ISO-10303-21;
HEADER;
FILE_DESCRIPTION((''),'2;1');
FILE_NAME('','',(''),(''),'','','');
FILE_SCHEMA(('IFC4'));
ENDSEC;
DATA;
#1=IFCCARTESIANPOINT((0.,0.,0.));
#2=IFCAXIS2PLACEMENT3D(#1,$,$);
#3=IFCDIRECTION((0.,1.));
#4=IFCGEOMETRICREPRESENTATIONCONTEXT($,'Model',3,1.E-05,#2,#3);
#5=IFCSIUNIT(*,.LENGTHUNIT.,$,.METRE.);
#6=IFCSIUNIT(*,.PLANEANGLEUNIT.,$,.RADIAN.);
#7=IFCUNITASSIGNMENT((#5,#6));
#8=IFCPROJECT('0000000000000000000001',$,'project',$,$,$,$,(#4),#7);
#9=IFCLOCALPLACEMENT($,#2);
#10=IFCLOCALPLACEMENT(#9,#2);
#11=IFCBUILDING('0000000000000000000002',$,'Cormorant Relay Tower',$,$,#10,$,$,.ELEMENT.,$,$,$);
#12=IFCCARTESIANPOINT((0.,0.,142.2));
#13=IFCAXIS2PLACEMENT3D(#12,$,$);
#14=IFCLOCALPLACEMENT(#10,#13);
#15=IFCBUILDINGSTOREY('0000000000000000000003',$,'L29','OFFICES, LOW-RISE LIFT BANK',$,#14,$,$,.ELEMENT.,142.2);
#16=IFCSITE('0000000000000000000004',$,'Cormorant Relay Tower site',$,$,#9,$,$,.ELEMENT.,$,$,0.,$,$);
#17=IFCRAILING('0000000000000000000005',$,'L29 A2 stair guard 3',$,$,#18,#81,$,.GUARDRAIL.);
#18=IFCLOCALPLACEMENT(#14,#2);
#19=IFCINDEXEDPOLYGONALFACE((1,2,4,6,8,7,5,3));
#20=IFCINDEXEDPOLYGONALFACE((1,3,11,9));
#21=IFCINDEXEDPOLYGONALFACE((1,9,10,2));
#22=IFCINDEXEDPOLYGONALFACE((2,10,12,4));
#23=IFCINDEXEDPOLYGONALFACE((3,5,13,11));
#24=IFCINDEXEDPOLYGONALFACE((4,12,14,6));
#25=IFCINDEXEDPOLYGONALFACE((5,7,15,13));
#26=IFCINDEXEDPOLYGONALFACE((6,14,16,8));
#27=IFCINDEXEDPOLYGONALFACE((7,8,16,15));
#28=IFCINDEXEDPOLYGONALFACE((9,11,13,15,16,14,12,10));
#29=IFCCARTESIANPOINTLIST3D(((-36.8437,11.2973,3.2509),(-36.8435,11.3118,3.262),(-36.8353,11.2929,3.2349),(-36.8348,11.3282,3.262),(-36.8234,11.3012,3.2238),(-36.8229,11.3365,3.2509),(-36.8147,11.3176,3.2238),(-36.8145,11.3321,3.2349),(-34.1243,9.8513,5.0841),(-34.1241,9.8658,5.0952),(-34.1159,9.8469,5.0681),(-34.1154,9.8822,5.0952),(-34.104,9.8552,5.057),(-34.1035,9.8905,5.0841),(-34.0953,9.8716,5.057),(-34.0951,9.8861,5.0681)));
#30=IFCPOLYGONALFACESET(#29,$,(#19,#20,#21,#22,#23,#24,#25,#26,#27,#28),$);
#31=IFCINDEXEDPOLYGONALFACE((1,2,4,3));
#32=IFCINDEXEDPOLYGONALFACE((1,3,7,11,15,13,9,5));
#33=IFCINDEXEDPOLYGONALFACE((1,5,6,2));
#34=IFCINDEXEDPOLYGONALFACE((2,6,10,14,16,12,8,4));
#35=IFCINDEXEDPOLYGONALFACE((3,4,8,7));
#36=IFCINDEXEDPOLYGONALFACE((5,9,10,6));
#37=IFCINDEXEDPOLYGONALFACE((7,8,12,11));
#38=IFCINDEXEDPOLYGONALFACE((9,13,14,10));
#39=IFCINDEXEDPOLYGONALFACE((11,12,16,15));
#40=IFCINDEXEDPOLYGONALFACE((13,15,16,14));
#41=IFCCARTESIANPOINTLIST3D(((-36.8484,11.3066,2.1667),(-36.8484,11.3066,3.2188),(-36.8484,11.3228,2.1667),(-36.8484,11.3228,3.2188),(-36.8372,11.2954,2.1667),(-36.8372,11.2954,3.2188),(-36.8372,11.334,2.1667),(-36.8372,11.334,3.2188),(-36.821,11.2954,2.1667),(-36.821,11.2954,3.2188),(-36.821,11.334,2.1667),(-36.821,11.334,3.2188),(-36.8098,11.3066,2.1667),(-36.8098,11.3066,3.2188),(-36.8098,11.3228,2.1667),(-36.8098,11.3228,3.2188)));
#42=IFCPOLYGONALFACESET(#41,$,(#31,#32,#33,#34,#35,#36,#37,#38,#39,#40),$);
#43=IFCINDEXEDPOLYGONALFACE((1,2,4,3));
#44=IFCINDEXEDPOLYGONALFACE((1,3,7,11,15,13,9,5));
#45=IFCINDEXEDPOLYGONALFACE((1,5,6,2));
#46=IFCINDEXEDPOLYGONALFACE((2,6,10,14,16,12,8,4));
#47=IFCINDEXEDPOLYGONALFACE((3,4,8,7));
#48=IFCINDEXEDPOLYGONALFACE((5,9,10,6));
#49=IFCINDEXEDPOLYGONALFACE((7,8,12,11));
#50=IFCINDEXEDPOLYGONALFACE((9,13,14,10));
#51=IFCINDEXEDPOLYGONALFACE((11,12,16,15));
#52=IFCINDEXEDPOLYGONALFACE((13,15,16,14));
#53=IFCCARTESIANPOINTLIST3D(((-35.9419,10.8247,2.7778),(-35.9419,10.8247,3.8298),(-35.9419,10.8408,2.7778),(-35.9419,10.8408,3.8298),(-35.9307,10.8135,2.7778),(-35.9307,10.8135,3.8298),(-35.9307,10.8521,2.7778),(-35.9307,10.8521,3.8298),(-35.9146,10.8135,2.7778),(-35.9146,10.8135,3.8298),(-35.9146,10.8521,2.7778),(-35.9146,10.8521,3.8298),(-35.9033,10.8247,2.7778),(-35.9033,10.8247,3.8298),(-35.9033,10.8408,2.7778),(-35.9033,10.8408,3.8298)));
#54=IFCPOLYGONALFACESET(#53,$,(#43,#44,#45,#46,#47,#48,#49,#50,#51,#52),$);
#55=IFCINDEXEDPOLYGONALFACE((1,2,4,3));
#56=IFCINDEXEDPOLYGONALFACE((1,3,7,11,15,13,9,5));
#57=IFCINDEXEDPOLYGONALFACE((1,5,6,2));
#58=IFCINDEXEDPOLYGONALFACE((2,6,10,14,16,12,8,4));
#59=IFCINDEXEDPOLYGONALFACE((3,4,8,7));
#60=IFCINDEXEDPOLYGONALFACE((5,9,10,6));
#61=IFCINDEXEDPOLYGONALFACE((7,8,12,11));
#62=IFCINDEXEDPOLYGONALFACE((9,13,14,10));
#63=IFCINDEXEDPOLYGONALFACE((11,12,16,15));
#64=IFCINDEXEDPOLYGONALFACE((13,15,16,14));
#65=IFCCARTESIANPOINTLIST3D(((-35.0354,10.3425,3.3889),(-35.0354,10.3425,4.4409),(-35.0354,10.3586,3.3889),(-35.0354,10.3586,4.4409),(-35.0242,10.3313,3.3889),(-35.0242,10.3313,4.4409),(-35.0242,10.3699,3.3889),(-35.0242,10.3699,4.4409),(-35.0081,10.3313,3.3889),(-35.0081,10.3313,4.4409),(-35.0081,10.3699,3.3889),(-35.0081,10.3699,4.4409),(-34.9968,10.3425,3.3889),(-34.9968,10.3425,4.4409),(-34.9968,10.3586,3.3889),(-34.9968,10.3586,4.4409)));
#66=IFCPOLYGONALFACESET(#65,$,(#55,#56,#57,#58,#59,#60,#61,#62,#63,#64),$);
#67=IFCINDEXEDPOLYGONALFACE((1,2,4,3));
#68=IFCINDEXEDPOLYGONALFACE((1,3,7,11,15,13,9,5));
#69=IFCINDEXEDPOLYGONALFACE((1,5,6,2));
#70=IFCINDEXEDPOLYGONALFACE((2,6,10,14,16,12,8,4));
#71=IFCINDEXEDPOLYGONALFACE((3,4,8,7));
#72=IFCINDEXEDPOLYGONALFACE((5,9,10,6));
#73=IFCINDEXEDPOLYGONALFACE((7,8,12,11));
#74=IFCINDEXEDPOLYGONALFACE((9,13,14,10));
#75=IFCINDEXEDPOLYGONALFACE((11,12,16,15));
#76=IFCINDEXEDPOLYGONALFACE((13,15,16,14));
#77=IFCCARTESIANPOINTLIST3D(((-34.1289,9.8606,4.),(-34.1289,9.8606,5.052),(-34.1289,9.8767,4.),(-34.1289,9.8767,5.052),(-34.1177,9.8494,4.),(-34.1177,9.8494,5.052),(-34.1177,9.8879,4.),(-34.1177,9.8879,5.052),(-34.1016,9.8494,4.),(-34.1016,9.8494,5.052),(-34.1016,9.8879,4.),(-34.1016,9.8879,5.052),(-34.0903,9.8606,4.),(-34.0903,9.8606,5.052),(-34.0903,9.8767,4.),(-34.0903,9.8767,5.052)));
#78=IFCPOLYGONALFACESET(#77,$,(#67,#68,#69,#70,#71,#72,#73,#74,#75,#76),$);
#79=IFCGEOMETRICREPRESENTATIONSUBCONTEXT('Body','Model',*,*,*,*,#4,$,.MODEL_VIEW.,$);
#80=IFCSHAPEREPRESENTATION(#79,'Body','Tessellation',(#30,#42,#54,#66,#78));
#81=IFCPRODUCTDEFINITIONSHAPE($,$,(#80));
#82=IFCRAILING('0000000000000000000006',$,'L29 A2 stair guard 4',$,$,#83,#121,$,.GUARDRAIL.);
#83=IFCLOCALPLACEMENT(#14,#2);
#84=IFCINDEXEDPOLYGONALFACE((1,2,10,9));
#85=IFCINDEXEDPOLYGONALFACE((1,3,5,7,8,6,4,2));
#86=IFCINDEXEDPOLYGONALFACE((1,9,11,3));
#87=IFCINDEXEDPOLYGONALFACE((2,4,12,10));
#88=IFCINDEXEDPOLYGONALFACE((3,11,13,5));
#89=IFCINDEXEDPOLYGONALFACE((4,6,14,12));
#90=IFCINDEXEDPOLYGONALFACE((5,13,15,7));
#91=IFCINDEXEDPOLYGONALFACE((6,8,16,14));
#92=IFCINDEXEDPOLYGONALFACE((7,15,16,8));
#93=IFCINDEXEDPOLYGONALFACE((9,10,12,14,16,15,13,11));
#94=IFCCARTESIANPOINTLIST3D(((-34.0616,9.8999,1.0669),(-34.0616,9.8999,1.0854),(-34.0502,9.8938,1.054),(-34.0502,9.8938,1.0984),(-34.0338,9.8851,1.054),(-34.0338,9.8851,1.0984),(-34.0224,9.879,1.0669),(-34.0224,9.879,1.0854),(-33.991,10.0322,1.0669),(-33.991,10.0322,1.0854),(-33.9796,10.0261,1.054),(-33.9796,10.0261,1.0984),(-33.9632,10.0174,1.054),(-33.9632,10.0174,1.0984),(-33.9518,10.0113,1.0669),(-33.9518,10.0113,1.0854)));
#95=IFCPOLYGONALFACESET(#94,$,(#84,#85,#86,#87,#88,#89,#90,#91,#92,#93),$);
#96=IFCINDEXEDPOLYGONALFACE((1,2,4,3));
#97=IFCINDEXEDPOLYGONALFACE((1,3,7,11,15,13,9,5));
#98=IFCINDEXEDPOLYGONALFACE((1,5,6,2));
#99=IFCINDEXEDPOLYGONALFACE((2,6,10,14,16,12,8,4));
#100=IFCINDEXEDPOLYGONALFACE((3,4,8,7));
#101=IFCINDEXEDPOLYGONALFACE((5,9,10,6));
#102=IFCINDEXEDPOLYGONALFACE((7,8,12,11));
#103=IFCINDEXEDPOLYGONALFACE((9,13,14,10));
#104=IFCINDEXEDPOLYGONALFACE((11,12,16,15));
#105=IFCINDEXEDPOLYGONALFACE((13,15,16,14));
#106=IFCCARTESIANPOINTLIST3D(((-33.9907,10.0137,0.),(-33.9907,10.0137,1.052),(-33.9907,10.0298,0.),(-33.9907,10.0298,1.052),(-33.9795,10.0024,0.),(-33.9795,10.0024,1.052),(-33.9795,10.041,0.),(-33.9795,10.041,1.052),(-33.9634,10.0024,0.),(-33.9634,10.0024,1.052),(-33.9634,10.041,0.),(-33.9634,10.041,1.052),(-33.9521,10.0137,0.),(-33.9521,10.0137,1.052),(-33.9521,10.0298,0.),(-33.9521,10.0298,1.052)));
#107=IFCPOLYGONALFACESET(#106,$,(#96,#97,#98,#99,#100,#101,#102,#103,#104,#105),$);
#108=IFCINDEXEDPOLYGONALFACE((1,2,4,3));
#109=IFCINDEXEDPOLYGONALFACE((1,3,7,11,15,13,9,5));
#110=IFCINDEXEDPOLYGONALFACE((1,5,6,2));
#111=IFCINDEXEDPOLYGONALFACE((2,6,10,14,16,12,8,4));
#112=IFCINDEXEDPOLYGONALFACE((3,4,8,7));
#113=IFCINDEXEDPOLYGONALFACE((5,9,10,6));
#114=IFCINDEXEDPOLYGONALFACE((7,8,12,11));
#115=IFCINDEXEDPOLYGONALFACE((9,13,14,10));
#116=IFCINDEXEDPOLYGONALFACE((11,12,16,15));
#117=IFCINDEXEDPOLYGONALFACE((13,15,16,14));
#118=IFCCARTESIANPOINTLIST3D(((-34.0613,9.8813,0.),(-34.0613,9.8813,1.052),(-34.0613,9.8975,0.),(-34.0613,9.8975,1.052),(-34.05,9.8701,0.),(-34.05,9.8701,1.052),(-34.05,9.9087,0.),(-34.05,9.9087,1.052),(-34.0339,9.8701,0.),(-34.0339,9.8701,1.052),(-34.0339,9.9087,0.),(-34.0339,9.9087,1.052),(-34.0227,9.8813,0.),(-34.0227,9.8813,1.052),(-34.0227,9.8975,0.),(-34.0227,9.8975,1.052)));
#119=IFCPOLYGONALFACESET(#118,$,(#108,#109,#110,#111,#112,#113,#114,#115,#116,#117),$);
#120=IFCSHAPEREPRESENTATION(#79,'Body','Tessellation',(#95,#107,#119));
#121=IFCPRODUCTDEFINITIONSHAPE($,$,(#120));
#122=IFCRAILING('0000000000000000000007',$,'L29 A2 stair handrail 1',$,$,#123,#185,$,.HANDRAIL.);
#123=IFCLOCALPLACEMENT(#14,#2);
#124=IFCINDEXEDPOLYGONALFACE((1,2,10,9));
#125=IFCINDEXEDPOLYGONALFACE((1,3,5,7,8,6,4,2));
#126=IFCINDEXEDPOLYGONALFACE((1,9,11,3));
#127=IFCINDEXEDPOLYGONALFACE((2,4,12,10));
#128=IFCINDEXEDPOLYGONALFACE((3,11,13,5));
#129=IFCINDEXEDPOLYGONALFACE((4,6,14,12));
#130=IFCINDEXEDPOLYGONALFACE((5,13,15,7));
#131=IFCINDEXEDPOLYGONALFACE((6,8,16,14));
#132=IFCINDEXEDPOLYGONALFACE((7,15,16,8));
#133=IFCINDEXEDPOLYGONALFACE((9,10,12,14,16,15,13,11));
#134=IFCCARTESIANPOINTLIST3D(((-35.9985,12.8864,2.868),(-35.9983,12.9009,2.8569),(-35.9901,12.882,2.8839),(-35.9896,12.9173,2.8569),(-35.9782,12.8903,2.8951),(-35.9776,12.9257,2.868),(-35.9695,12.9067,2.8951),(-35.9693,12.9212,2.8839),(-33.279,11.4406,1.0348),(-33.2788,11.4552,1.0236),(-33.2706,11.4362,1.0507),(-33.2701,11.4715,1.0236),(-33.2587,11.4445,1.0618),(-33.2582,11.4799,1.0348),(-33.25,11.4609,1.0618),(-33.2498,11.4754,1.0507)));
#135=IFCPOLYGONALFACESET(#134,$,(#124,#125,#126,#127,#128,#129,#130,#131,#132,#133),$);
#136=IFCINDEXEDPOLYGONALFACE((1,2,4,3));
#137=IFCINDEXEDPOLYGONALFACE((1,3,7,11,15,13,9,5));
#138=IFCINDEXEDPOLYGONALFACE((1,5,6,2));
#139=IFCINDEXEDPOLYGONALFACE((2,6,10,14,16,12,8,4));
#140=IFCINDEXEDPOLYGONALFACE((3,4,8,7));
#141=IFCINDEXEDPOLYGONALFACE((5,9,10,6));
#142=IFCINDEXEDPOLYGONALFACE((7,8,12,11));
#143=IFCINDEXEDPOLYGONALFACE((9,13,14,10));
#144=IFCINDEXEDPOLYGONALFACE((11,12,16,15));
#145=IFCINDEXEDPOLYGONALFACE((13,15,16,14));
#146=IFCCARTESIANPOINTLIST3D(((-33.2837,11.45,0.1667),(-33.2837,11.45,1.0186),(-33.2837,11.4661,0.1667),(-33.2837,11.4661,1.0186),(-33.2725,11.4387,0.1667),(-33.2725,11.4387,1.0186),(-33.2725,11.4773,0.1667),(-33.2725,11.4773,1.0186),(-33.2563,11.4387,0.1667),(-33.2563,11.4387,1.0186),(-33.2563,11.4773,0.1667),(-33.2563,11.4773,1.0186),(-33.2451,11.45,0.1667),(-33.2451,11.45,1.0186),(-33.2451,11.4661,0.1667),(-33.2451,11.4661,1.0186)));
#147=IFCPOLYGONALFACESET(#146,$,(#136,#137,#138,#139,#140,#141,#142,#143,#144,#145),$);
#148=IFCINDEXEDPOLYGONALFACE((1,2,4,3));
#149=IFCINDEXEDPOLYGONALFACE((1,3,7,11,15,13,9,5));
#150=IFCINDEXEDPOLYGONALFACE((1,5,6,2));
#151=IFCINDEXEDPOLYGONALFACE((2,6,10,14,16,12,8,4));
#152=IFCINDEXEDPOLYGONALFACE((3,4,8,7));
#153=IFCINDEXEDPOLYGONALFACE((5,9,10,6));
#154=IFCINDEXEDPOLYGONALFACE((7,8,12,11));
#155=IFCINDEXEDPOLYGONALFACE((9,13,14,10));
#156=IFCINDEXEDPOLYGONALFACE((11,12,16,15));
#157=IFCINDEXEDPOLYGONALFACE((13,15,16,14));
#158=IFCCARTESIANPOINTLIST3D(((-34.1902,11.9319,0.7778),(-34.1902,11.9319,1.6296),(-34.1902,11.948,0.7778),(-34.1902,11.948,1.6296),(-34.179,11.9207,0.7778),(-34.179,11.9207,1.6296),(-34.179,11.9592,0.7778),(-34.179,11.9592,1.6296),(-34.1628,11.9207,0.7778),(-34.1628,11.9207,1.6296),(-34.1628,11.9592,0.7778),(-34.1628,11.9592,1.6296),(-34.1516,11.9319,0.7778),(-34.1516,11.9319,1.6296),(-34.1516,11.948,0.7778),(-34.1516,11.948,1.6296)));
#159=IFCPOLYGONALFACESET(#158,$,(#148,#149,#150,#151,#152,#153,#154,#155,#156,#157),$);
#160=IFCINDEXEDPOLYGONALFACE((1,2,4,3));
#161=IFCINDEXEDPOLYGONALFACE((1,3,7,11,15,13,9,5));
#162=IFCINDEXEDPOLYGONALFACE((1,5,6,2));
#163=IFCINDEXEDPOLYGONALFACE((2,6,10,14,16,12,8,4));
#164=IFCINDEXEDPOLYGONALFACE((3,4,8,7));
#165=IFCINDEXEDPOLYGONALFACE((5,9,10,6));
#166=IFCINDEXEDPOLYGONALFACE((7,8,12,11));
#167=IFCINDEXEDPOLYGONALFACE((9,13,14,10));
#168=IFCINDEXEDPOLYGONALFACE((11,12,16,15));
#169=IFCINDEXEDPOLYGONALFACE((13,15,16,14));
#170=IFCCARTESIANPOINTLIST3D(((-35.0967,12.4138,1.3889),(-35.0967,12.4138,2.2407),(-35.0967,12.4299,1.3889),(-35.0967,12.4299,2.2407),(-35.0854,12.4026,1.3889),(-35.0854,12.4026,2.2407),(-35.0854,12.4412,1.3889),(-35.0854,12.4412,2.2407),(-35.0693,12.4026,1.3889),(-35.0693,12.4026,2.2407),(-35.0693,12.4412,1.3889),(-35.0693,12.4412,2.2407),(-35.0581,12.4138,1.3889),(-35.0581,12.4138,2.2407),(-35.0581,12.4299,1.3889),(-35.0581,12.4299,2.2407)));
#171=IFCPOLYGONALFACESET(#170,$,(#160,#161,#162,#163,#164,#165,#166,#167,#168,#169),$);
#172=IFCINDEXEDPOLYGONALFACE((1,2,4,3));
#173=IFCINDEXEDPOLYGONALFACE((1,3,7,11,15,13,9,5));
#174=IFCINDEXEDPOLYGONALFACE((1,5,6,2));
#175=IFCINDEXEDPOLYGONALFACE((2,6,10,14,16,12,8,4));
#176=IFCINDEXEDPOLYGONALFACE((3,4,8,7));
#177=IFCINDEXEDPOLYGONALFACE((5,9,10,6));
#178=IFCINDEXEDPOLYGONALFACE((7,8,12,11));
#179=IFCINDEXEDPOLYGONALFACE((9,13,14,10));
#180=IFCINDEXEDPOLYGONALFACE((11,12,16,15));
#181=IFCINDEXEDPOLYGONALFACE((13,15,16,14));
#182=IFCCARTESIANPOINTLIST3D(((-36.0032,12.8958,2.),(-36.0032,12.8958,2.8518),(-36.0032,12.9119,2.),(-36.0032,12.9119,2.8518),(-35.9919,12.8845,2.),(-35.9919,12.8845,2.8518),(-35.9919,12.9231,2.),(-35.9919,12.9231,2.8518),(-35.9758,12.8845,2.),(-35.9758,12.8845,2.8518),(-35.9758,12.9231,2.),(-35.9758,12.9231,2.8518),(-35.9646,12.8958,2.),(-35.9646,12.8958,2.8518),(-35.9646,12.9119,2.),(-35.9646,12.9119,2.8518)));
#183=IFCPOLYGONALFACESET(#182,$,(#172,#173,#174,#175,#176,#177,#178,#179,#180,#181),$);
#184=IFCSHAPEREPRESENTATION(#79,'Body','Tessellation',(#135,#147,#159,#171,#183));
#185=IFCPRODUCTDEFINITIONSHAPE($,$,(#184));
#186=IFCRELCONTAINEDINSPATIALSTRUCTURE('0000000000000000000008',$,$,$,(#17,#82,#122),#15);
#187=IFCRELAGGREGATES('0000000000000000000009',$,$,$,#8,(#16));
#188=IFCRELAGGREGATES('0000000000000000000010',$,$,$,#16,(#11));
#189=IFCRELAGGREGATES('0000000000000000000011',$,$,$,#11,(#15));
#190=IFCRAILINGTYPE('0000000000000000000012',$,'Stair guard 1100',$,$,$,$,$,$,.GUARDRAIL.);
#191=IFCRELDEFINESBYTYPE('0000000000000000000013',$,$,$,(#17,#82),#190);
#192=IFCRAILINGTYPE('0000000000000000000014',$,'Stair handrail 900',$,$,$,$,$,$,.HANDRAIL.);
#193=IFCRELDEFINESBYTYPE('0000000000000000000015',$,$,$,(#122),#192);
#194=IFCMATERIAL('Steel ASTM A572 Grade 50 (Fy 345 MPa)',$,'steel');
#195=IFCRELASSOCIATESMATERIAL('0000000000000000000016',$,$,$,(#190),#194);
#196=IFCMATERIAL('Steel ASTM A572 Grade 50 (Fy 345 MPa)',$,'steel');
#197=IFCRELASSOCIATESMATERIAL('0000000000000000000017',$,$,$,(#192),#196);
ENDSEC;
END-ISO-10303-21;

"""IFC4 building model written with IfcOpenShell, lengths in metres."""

from ifc_helpers import new_model, si_unit, direction, frame, origin, place, context, subcontext, project, spatial, polyline, outline, extrude, material, type_object, element, save


model = new_model("IFC4")

# Units and contexts
model_context = context("Model", 3, precision=1e-05, world=origin(), true_north=direction((0.0, 1.0)))
body_context = subcontext(model_context, "Body", "Model", "MODEL_VIEW")
ifc_project = project(units=[si_unit("LENGTHUNIT", "METRE"), si_unit("PLANEANGLEUNIT", "RADIAN")], contexts=[model_context])

# Site, building, storey
site_placement = place(None, origin())
site = spatial("IfcSite", under=ifc_project, at=site_placement, Name="Cormorant Relay Tower site", CompositionType="ELEMENT", RefElevation=0.0)
building_placement = place(site_placement, origin())
building = spatial("IfcBuilding", under=site, at=building_placement, Name="Cormorant Relay Tower", CompositionType="ELEMENT")
storey_placement = place(building_placement, frame((0.0, 0.0, 142.2)))
storey = spatial("IfcBuildingStorey", under=building, at=storey_placement, Name="L29", Description="OFFICES, LOW-RISE LIFT BANK", CompositionType="ELEMENT", Elevation=142.2)

# Railings
ifc_material_1 = material(Name="Steel ASTM A572 Grade 50 (Fy 345 MPa)", Category="steel")
railing_type_1 = type_object("IfcRailingType", Name="Stair guard 1100", PredefinedType="GUARDRAIL", material=ifc_material_1)
railing_1_placement = place(storey_placement, frame((-36.8291, 11.3147, 2.1667)))
element("IfcRailing", 1, at=railing_1_placement, inside=storey, type_object=railing_type_1, Name="L29 A2 stair guard 3", PredefinedType="GUARDRAIL", context=body_context, shape_type="SweptSolid", body=[
    extrude(outline(polyline([(0.0222, 0.0093), (0.0093, 0.0222), (-0.0093, 0.0222), (-0.0222, 0.0093), (-0.0222, -0.0093), (-0.0093, -0.0222), (0.0093, -0.0222), (0.0222, -0.0093), (0.0222, 0.0093)])), frame((0.0, 0.0, 1.0762), z_axis=(0.758714, -0.403435, 0.511463), x_axis=(0.469489, 0.882938, 0.0)), (0.0, 0.0, 1.0), 3.5842),
    extrude(outline(polyline([(0.0193, 0.0081), (0.0081, 0.0193), (-0.0081, 0.0193), (-0.0193, 0.0081), (-0.0193, -0.0081), (-0.0081, -0.0193), (0.0081, -0.0193), (0.0193, -0.0081), (0.0193, 0.0081)])), origin(), (0.0, 0.0, 1.0), 1.052),
    extrude(outline(polyline([(0.0193, 0.0081), (0.0081, 0.0193), (-0.0081, 0.0193), (-0.0193, 0.0081), (-0.0193, -0.0081), (-0.0081, -0.0193), (0.0081, -0.0193), (0.0193, -0.0081), (0.0193, 0.0081)])), frame((0.9065, -0.4819, 0.6111)), (0.0, 0.0, 1.0), 1.052),
    extrude(outline(polyline([(0.0193, 0.0081), (0.0081, 0.0193), (-0.0081, 0.0193), (-0.0193, 0.0081), (-0.0193, -0.0081), (-0.0081, -0.0193), (0.0081, -0.0193), (0.0193, -0.0081), (0.0193, 0.0081)])), frame((1.813, -0.9641, 1.2222)), (0.0, 0.0, 1.0), 1.052),
    extrude(outline(polyline([(0.0193, 0.0081), (0.0081, 0.0193), (-0.0081, 0.0193), (-0.0193, 0.0081), (-0.0193, -0.0081), (-0.0081, -0.0193), (0.0081, -0.0193), (0.0193, -0.0081), (0.0193, 0.0081)])), frame((2.7195, -1.446, 1.8333)), (0.0, 0.0, 1.0), 1.052),
])
railing_2_placement = place(storey_placement, frame((-33.9714, 10.0217, 0.0)))
element("IfcRailing", 2, at=railing_2_placement, inside=storey, type_object=railing_type_1, Name="L29 A2 stair guard 4", PredefinedType="GUARDRAIL", context=body_context, shape_type="SweptSolid", body=[
    extrude(outline(polyline([(0.0222, 0.0093), (0.0093, 0.0222), (-0.0093, 0.0222), (-0.0222, 0.0093), (-0.0222, -0.0093), (-0.0093, -0.0222), (0.0093, -0.0222), (0.0222, -0.0093), (0.0222, 0.0093)])), frame((0.0, 0.0, 1.0762), z_axis=(-0.470504, -0.882398, 0.0), x_axis=(0.882398, -0.470504, 0.0)), (0.0, 0.0, 1.0), 0.1499),
    extrude(outline(polyline([(0.0193, 0.0081), (0.0081, 0.0193), (-0.0081, 0.0193), (-0.0193, 0.0081), (-0.0193, -0.0081), (-0.0081, -0.0193), (0.0081, -0.0193), (0.0193, -0.0081), (0.0193, 0.0081)])), origin(), (0.0, 0.0, 1.0), 1.052),
    extrude(outline(polyline([(0.0193, 0.0081), (0.0081, 0.0193), (-0.0081, 0.0193), (-0.0193, 0.0081), (-0.0193, -0.0081), (-0.0081, -0.0193), (0.0081, -0.0193), (0.0193, -0.0081), (0.0193, 0.0081)])), frame((-0.0706, -0.1323, 0.0)), (0.0, 0.0, 1.0), 1.052),
])
ifc_material_2 = material(Name="Steel ASTM A572 Grade 50 (Fy 345 MPa)", Category="steel")
railing_type_2 = type_object("IfcRailingType", Name="Stair handrail 900", PredefinedType="HANDRAIL", material=ifc_material_2)
railing_3_placement = place(storey_placement, frame((-33.2644, 11.458, 0.1667)))
element("IfcRailing", 3, at=railing_3_placement, inside=storey, type_object=railing_type_2, Name="L29 A2 stair handrail 1", PredefinedType="HANDRAIL", context=body_context, shape_type="SweptSolid", body=[
    extrude(outline(polyline([(0.0222, 0.0093), (0.0093, 0.0222), (-0.0093, 0.0222), (-0.0222, 0.0093), (-0.0222, -0.0093), (-0.0093, -0.0222), (0.0093, -0.0222), (0.0222, -0.0093), (0.0222, 0.0093)])), frame((0.0, 0.0, 0.876), z_axis=(-0.758735, 0.403378, 0.511477), x_axis=(-0.469428, -0.882971, 0.0)), (0.0, 0.0, 1.0), 3.5842),
    extrude(outline(polyline([(0.0193, 0.0081), (0.0081, 0.0193), (-0.0081, 0.0193), (-0.0193, 0.0081), (-0.0193, -0.0081), (-0.0081, -0.0193), (0.0081, -0.0193), (0.0193, -0.0081), (0.0193, 0.0081)])), origin(), (0.0, 0.0, 1.0), 0.8518),
    extrude(outline(polyline([(0.0193, 0.0081), (0.0081, 0.0193), (-0.0081, 0.0193), (-0.0193, 0.0081), (-0.0193, -0.0081), (-0.0081, -0.0193), (0.0081, -0.0193), (0.0193, -0.0081), (0.0193, 0.0081)])), frame((-0.9065, 0.4819, 0.6111)), (0.0, 0.0, 1.0), 0.8518),
    extrude(outline(polyline([(0.0193, 0.0081), (0.0081, 0.0193), (-0.0081, 0.0193), (-0.0193, 0.0081), (-0.0193, -0.0081), (-0.0081, -0.0193), (0.0081, -0.0193), (0.0193, -0.0081), (0.0193, 0.0081)])), frame((-1.813, 0.9639, 1.2222)), (0.0, 0.0, 1.0), 0.8518),
    extrude(outline(polyline([(0.0193, 0.0081), (0.0081, 0.0193), (-0.0081, 0.0193), (-0.0193, 0.0081), (-0.0193, -0.0081), (-0.0081, -0.0193), (0.0081, -0.0193), (0.0193, -0.0081), (0.0193, 0.0081)])), frame((-2.7195, 1.4458, 1.8333)), (0.0, 0.0, 1.0), 0.8518),
])

save(model, "model.ifc")
